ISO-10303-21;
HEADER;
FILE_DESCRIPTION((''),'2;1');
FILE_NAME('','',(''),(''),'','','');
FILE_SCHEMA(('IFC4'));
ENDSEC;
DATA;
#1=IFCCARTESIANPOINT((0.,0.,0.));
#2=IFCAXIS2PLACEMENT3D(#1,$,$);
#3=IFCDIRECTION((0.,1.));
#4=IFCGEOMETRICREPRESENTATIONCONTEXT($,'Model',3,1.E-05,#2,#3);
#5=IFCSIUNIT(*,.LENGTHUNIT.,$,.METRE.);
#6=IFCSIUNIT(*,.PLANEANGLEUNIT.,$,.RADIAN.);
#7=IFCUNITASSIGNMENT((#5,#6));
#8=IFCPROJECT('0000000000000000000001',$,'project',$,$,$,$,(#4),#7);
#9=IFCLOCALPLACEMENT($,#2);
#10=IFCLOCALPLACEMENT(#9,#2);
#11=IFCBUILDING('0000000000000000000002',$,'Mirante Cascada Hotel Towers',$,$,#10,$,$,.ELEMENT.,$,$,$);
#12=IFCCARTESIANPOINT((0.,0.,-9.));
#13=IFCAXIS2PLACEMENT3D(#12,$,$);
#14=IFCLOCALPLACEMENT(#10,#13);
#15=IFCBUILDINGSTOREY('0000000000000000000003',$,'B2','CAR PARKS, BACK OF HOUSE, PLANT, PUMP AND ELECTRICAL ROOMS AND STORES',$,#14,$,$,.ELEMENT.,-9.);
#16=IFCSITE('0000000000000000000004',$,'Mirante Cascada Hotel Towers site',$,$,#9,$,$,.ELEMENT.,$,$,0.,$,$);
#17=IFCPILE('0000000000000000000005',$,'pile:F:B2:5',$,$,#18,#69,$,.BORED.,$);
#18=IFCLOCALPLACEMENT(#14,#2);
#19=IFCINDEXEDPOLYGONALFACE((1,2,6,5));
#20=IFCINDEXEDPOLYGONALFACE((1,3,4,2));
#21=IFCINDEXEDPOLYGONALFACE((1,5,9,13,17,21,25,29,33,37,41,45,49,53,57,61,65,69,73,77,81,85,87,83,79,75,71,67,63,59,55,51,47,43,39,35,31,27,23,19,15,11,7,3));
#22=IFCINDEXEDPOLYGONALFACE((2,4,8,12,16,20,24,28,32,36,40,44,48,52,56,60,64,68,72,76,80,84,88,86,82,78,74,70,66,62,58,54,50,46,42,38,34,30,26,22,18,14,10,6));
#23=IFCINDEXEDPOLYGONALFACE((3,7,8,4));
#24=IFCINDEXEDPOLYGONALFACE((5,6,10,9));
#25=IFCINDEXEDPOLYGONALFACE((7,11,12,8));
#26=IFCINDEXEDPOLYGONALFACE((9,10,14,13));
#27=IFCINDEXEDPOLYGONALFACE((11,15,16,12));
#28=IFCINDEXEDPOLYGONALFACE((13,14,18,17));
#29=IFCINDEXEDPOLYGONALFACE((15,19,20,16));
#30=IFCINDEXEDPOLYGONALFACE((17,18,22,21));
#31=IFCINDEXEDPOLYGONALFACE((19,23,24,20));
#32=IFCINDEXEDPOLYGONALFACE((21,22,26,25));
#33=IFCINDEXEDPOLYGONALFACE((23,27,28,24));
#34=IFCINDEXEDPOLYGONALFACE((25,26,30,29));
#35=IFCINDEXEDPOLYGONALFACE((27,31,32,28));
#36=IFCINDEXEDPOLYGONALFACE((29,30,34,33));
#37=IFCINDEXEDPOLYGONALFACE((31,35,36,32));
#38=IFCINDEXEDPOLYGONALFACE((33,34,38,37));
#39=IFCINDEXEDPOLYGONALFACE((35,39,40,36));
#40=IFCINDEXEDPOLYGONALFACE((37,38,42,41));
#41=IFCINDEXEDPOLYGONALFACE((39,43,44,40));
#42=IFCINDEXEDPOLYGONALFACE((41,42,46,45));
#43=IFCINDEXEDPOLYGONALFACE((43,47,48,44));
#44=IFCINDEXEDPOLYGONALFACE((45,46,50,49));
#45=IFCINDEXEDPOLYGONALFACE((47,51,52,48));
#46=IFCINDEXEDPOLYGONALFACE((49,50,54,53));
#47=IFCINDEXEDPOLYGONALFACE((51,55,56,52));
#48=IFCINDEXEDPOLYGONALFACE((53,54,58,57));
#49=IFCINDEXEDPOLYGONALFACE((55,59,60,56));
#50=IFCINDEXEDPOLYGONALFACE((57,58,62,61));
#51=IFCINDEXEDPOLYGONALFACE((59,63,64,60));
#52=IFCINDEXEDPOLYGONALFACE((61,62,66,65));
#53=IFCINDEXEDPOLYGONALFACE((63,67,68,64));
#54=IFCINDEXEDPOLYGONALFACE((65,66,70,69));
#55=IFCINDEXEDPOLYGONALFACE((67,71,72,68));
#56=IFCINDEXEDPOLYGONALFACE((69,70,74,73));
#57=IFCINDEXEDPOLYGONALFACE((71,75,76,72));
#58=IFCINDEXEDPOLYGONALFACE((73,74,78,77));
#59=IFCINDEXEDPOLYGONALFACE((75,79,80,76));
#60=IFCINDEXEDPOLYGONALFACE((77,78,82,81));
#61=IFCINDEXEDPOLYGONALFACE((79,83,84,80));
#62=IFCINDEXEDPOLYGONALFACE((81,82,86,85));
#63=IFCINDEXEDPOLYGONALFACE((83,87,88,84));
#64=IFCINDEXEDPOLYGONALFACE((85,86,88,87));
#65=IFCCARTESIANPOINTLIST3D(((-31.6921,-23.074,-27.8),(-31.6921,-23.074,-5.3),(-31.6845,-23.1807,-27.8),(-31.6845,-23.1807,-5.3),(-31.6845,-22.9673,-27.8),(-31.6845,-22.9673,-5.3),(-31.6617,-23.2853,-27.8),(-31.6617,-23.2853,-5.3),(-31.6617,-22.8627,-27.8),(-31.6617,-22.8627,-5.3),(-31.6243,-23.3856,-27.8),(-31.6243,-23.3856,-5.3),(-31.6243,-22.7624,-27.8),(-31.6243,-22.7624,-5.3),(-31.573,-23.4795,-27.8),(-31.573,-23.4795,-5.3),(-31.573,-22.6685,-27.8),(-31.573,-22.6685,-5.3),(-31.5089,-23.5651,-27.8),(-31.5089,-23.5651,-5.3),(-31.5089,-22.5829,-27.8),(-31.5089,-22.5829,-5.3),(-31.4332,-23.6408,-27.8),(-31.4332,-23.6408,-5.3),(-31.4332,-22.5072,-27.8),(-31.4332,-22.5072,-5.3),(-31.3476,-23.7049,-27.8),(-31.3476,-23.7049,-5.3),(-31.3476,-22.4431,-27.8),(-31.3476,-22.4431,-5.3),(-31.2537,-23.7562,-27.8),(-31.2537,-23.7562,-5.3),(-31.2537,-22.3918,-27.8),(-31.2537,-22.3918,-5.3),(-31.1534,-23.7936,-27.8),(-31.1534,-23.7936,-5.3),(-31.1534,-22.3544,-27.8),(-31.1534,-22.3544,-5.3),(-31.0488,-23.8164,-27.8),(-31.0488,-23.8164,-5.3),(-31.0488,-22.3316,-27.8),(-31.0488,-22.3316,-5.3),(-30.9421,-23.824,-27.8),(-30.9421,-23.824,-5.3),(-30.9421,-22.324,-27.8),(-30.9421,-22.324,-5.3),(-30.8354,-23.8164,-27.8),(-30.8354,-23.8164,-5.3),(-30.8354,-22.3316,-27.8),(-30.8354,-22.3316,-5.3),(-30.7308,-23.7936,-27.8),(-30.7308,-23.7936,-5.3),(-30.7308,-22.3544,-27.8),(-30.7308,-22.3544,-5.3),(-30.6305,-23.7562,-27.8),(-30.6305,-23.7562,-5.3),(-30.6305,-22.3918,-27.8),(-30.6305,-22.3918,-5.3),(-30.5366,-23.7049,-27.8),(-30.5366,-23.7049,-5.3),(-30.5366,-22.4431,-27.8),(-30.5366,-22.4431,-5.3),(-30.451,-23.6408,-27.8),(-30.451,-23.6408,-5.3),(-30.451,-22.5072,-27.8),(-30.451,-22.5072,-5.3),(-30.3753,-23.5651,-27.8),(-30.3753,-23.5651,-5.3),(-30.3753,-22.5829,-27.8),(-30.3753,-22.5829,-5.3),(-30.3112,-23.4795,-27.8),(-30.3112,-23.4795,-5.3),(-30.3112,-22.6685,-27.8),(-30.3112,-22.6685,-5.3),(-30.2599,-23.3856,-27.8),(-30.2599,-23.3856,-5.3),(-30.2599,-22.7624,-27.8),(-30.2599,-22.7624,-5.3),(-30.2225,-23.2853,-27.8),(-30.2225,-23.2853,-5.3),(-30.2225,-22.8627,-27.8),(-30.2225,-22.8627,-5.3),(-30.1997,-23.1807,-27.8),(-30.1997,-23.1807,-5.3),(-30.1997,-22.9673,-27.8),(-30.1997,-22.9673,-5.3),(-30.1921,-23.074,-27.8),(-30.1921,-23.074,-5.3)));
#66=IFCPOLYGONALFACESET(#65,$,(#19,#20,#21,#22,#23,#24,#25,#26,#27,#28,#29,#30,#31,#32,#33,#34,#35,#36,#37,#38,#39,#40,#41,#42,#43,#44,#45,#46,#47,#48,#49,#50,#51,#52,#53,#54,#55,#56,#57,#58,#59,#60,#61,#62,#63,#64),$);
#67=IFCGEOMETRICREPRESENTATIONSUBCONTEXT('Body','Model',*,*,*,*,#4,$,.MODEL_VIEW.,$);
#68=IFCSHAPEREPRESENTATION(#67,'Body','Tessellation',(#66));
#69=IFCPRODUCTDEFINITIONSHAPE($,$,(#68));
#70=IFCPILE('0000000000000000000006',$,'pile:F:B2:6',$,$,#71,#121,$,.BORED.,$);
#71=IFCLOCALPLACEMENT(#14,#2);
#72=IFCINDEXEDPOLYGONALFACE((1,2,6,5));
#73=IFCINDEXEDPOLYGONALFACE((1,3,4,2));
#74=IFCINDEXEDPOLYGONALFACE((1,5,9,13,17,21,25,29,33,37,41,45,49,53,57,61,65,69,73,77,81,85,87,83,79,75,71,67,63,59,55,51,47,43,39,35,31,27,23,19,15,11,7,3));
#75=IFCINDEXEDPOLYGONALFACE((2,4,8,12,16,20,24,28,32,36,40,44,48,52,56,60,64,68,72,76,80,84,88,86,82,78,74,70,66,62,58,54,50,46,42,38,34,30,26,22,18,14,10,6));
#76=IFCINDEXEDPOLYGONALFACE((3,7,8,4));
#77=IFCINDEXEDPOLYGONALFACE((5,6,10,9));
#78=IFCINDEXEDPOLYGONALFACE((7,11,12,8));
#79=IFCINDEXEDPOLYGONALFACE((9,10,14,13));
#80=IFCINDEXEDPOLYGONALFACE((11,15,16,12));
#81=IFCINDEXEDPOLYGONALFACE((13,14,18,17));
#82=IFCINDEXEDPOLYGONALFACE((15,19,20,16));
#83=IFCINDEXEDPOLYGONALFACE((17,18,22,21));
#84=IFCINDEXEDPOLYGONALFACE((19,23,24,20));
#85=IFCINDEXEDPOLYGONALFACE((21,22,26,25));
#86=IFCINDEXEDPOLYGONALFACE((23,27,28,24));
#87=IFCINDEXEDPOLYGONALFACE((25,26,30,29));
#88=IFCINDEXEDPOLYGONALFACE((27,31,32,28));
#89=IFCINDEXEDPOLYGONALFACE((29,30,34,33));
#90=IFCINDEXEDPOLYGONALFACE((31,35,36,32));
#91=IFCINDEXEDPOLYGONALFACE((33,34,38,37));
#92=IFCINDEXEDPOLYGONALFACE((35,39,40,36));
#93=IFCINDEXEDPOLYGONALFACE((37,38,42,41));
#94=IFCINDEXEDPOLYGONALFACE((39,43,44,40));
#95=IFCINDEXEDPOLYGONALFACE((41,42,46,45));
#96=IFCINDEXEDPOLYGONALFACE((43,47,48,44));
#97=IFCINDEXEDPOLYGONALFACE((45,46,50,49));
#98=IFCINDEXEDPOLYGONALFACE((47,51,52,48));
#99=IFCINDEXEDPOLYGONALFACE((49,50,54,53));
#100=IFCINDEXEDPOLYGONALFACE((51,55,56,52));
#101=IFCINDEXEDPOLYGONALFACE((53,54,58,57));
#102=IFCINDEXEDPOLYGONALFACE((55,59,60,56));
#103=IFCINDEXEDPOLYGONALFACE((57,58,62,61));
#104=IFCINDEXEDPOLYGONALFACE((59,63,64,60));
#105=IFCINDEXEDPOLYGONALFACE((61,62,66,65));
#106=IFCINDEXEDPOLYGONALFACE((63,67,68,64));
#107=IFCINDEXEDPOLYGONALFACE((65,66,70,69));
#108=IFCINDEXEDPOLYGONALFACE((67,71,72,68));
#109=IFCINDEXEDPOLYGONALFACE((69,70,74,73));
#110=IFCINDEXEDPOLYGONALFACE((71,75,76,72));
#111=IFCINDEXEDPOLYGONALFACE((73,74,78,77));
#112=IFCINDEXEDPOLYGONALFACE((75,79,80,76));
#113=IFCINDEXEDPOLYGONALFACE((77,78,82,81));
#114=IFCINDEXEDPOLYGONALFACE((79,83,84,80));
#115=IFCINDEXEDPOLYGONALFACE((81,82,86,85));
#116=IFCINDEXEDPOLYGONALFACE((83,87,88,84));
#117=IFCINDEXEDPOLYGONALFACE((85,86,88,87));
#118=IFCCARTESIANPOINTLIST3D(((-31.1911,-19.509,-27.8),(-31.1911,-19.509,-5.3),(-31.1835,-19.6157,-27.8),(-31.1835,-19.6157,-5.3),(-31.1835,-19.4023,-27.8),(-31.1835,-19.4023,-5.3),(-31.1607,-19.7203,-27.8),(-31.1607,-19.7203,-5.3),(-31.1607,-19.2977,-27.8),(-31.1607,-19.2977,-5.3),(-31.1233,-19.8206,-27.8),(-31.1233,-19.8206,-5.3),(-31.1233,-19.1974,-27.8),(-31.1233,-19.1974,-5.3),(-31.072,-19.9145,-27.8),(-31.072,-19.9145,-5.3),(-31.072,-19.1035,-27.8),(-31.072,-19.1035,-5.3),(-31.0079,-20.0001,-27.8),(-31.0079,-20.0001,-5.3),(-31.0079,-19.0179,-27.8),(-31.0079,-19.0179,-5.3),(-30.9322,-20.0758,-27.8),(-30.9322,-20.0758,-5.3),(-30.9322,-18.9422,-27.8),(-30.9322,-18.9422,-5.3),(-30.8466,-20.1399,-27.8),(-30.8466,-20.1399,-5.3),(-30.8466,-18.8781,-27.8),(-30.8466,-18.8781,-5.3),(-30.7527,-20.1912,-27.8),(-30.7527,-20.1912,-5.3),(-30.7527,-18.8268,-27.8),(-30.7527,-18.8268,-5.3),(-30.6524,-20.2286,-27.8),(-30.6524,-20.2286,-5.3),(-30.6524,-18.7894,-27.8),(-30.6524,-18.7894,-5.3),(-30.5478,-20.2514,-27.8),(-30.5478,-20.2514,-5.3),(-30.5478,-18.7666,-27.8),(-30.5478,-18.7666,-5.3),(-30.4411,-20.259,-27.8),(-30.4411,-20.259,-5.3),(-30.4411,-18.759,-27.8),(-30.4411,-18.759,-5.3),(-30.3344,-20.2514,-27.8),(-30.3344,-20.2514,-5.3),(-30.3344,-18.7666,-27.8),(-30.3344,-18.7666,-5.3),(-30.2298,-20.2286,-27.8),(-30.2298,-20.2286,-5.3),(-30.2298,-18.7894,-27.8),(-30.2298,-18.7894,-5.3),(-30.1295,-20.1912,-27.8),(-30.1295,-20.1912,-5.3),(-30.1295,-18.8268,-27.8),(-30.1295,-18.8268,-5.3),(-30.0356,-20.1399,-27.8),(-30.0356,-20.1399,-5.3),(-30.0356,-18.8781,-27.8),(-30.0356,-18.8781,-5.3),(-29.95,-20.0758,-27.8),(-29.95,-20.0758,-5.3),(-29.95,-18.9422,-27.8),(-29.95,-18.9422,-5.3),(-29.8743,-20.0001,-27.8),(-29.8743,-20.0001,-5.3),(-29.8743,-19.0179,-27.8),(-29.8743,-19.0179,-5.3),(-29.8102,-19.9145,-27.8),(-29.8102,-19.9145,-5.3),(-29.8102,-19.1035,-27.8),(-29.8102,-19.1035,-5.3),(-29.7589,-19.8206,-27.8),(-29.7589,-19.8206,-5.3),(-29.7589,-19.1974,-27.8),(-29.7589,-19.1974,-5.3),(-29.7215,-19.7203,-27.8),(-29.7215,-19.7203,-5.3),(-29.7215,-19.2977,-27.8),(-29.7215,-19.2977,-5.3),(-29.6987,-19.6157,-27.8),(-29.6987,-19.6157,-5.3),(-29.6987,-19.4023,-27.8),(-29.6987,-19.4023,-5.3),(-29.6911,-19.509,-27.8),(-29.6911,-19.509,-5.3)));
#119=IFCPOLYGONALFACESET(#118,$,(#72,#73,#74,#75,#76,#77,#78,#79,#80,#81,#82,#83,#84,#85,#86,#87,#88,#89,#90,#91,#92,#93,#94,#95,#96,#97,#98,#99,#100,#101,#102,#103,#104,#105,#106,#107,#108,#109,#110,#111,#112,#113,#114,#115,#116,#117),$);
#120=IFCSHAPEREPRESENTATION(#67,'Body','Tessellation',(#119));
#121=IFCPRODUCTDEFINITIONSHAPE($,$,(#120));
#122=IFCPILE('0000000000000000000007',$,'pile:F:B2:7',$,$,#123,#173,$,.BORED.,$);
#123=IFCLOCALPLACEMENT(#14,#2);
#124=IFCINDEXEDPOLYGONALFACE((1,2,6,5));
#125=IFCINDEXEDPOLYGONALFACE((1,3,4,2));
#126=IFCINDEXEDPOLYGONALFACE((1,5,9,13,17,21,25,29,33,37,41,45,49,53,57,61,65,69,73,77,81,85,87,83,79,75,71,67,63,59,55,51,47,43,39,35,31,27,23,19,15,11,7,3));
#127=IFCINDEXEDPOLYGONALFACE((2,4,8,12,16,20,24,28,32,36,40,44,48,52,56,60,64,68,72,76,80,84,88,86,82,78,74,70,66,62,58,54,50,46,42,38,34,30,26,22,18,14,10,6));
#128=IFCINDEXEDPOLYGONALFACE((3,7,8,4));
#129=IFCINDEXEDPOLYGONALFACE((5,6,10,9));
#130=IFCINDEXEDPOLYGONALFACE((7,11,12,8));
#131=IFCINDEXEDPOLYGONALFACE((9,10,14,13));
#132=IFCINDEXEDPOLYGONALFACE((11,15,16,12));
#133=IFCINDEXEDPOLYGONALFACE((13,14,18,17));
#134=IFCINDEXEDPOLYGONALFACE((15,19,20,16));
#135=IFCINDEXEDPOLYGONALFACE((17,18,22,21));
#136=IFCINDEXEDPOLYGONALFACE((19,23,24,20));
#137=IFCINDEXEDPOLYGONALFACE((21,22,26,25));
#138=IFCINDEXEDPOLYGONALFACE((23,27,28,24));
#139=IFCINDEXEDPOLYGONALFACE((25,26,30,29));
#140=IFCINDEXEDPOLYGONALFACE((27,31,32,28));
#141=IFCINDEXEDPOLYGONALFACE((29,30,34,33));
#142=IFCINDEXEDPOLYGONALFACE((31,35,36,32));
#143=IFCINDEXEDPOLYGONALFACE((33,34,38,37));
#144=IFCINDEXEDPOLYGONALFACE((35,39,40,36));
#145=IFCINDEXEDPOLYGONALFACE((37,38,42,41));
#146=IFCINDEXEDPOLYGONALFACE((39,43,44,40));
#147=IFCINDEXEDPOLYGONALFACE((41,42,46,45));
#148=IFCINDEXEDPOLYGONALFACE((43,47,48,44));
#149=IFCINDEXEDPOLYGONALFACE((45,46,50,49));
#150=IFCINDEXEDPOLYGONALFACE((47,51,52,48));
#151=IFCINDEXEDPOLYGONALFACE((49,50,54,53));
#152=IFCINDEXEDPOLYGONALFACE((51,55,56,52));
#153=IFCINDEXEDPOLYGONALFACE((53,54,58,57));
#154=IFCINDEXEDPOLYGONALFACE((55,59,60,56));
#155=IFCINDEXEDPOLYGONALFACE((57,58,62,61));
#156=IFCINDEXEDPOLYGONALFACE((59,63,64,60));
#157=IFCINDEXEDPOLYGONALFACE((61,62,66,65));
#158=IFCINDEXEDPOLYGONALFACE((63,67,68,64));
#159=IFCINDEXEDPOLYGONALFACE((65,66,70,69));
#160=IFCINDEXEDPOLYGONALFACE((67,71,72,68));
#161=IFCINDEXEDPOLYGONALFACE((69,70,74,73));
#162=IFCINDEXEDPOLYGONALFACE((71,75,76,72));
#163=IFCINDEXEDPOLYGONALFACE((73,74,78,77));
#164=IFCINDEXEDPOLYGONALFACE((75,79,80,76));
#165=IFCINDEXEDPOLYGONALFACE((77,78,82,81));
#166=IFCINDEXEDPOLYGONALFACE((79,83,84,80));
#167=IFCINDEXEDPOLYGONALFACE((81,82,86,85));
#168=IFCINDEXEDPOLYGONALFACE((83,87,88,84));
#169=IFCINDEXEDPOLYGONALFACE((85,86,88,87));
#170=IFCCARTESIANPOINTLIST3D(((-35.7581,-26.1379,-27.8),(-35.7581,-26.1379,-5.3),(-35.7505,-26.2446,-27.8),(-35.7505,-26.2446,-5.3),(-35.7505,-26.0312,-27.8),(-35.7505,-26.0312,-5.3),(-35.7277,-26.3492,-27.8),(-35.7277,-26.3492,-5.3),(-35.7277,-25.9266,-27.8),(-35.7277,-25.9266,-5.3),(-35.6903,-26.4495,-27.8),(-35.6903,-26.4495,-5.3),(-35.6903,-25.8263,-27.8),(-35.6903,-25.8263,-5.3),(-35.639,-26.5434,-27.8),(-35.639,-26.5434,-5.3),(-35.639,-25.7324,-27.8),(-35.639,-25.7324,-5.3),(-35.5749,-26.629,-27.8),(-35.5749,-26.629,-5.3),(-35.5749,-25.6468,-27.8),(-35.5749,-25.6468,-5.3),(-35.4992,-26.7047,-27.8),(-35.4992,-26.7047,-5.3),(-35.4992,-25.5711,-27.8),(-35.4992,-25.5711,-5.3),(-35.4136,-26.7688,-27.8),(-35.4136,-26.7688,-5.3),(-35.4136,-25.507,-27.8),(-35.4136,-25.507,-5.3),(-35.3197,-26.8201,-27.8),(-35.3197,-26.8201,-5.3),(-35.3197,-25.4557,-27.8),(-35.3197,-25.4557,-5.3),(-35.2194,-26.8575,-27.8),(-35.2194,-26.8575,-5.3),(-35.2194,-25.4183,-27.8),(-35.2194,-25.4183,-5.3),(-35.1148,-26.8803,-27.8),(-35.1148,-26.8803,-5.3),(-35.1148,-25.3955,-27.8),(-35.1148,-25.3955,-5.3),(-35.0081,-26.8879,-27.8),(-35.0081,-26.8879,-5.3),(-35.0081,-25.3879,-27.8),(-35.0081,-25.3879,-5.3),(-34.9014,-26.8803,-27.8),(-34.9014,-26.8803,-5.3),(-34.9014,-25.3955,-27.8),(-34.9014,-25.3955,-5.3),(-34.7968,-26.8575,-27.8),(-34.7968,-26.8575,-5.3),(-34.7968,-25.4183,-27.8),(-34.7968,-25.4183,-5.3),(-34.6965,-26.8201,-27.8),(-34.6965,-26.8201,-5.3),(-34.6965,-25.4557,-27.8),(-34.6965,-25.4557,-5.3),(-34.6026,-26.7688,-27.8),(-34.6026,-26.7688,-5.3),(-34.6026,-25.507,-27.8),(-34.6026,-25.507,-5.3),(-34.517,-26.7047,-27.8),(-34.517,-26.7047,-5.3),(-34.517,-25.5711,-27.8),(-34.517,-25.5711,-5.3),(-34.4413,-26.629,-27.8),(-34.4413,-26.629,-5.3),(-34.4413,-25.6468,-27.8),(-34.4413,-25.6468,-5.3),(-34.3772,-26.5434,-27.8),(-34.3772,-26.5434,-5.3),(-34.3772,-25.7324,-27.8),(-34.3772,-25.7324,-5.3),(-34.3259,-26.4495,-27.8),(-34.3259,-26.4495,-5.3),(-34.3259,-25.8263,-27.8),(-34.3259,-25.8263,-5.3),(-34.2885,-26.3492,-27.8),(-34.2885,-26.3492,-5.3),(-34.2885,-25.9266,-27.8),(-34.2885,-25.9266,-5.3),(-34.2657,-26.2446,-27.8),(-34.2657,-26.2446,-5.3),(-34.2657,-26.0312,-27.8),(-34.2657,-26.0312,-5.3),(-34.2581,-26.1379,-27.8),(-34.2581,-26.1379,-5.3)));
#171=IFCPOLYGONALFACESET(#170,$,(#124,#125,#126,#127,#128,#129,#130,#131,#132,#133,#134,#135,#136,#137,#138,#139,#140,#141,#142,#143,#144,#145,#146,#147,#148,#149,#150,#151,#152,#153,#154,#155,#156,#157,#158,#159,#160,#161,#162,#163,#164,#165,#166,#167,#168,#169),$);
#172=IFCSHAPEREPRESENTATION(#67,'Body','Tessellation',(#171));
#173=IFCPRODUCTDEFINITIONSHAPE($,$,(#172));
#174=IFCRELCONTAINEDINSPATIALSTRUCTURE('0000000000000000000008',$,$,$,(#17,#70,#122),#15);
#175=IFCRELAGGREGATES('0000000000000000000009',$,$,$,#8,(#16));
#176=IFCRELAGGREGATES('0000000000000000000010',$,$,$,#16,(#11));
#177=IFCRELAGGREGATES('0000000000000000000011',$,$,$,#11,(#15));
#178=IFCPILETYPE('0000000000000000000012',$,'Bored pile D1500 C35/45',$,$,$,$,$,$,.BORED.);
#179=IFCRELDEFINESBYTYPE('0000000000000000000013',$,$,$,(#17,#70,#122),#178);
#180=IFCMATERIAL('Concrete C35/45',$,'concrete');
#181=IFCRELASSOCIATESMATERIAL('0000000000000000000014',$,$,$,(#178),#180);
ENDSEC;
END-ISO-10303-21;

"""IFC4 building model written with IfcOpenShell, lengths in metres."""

from ifc_helpers import new_model, si_unit, direction, frame, origin, origin_2d, place, context, subcontext, project, spatial, circle, extrude, material, material_profile, profile_set, type_object, element, save


model = new_model("IFC4")

# Units and contexts
model_context = context("Model", 3, precision=1e-05, world=origin(), true_north=direction((0.0, 1.0)))
body_context = subcontext(model_context, "Body", "Model", "MODEL_VIEW")
ifc_project = project(units=[si_unit("LENGTHUNIT", "METRE"), si_unit("PLANEANGLEUNIT", "RADIAN")], contexts=[model_context])

# Site, building, storey
site_placement = place(None, origin())
site = spatial("IfcSite", under=ifc_project, at=site_placement, Name="Mirante Cascada Hotel Towers site", CompositionType="ELEMENT", RefElevation=0.0)
building_placement = place(site_placement, origin())
building = spatial("IfcBuilding", under=site, at=building_placement, Name="Mirante Cascada Hotel Towers", CompositionType="ELEMENT")
storey_placement = place(building_placement, frame((0.0, 0.0, -9.0)))
storey = spatial("IfcBuildingStorey", under=building, at=storey_placement, Name="B2", Description="CAR PARKS, BACK OF HOUSE, PLANT, PUMP AND ELECTRICAL ROOMS AND STORES", CompositionType="ELEMENT", Elevation=-9.0)

# Piles
ifc_material_1 = material(Name="Concrete C35/45", Category="concrete")
ifc_material_profile_1 = material_profile(ifc_material_1, circle(Radius=0.75, at=origin_2d()), Name="RC D1500")
ifc_profile_set_1 = profile_set([ifc_material_profile_1], Name="Concrete C35/45")
pile_type = type_object("IfcPileType", Name="Bored pile D1500 C35/45", PredefinedType="BORED", material=ifc_profile_set_1)
for number, where, z_axis, x_axis, name in (
    (1, (-30.9421, -23.074, -5.3), (0.0, 0.0, -1.0), (1.0, 0.0, 0.0), "pile:F:B2:5"),
    (2, (-30.4411, -19.509, -5.3), (0.0, 0.0, -1.0), (1.0, 0.0, 0.0), "pile:F:B2:6"),
    (3, (-35.0081, -26.1379, -5.3), (0.0, 0.0, -1.0), (1.0, 0.0, 0.0), "pile:F:B2:7"),
):
    element("IfcPile", number, at=place(storey_placement, frame(where, z_axis=z_axis, x_axis=x_axis)), inside=storey, type_object=pile_type, Name=name, PredefinedType="BORED", context=body_context, shape_type="SweptSolid", body=[
        extrude(circle(Radius=0.75, at=origin_2d()), origin(), (0.0, 0.0, 1.0), 22.5),
    ])

save(model, "model.ifc")
